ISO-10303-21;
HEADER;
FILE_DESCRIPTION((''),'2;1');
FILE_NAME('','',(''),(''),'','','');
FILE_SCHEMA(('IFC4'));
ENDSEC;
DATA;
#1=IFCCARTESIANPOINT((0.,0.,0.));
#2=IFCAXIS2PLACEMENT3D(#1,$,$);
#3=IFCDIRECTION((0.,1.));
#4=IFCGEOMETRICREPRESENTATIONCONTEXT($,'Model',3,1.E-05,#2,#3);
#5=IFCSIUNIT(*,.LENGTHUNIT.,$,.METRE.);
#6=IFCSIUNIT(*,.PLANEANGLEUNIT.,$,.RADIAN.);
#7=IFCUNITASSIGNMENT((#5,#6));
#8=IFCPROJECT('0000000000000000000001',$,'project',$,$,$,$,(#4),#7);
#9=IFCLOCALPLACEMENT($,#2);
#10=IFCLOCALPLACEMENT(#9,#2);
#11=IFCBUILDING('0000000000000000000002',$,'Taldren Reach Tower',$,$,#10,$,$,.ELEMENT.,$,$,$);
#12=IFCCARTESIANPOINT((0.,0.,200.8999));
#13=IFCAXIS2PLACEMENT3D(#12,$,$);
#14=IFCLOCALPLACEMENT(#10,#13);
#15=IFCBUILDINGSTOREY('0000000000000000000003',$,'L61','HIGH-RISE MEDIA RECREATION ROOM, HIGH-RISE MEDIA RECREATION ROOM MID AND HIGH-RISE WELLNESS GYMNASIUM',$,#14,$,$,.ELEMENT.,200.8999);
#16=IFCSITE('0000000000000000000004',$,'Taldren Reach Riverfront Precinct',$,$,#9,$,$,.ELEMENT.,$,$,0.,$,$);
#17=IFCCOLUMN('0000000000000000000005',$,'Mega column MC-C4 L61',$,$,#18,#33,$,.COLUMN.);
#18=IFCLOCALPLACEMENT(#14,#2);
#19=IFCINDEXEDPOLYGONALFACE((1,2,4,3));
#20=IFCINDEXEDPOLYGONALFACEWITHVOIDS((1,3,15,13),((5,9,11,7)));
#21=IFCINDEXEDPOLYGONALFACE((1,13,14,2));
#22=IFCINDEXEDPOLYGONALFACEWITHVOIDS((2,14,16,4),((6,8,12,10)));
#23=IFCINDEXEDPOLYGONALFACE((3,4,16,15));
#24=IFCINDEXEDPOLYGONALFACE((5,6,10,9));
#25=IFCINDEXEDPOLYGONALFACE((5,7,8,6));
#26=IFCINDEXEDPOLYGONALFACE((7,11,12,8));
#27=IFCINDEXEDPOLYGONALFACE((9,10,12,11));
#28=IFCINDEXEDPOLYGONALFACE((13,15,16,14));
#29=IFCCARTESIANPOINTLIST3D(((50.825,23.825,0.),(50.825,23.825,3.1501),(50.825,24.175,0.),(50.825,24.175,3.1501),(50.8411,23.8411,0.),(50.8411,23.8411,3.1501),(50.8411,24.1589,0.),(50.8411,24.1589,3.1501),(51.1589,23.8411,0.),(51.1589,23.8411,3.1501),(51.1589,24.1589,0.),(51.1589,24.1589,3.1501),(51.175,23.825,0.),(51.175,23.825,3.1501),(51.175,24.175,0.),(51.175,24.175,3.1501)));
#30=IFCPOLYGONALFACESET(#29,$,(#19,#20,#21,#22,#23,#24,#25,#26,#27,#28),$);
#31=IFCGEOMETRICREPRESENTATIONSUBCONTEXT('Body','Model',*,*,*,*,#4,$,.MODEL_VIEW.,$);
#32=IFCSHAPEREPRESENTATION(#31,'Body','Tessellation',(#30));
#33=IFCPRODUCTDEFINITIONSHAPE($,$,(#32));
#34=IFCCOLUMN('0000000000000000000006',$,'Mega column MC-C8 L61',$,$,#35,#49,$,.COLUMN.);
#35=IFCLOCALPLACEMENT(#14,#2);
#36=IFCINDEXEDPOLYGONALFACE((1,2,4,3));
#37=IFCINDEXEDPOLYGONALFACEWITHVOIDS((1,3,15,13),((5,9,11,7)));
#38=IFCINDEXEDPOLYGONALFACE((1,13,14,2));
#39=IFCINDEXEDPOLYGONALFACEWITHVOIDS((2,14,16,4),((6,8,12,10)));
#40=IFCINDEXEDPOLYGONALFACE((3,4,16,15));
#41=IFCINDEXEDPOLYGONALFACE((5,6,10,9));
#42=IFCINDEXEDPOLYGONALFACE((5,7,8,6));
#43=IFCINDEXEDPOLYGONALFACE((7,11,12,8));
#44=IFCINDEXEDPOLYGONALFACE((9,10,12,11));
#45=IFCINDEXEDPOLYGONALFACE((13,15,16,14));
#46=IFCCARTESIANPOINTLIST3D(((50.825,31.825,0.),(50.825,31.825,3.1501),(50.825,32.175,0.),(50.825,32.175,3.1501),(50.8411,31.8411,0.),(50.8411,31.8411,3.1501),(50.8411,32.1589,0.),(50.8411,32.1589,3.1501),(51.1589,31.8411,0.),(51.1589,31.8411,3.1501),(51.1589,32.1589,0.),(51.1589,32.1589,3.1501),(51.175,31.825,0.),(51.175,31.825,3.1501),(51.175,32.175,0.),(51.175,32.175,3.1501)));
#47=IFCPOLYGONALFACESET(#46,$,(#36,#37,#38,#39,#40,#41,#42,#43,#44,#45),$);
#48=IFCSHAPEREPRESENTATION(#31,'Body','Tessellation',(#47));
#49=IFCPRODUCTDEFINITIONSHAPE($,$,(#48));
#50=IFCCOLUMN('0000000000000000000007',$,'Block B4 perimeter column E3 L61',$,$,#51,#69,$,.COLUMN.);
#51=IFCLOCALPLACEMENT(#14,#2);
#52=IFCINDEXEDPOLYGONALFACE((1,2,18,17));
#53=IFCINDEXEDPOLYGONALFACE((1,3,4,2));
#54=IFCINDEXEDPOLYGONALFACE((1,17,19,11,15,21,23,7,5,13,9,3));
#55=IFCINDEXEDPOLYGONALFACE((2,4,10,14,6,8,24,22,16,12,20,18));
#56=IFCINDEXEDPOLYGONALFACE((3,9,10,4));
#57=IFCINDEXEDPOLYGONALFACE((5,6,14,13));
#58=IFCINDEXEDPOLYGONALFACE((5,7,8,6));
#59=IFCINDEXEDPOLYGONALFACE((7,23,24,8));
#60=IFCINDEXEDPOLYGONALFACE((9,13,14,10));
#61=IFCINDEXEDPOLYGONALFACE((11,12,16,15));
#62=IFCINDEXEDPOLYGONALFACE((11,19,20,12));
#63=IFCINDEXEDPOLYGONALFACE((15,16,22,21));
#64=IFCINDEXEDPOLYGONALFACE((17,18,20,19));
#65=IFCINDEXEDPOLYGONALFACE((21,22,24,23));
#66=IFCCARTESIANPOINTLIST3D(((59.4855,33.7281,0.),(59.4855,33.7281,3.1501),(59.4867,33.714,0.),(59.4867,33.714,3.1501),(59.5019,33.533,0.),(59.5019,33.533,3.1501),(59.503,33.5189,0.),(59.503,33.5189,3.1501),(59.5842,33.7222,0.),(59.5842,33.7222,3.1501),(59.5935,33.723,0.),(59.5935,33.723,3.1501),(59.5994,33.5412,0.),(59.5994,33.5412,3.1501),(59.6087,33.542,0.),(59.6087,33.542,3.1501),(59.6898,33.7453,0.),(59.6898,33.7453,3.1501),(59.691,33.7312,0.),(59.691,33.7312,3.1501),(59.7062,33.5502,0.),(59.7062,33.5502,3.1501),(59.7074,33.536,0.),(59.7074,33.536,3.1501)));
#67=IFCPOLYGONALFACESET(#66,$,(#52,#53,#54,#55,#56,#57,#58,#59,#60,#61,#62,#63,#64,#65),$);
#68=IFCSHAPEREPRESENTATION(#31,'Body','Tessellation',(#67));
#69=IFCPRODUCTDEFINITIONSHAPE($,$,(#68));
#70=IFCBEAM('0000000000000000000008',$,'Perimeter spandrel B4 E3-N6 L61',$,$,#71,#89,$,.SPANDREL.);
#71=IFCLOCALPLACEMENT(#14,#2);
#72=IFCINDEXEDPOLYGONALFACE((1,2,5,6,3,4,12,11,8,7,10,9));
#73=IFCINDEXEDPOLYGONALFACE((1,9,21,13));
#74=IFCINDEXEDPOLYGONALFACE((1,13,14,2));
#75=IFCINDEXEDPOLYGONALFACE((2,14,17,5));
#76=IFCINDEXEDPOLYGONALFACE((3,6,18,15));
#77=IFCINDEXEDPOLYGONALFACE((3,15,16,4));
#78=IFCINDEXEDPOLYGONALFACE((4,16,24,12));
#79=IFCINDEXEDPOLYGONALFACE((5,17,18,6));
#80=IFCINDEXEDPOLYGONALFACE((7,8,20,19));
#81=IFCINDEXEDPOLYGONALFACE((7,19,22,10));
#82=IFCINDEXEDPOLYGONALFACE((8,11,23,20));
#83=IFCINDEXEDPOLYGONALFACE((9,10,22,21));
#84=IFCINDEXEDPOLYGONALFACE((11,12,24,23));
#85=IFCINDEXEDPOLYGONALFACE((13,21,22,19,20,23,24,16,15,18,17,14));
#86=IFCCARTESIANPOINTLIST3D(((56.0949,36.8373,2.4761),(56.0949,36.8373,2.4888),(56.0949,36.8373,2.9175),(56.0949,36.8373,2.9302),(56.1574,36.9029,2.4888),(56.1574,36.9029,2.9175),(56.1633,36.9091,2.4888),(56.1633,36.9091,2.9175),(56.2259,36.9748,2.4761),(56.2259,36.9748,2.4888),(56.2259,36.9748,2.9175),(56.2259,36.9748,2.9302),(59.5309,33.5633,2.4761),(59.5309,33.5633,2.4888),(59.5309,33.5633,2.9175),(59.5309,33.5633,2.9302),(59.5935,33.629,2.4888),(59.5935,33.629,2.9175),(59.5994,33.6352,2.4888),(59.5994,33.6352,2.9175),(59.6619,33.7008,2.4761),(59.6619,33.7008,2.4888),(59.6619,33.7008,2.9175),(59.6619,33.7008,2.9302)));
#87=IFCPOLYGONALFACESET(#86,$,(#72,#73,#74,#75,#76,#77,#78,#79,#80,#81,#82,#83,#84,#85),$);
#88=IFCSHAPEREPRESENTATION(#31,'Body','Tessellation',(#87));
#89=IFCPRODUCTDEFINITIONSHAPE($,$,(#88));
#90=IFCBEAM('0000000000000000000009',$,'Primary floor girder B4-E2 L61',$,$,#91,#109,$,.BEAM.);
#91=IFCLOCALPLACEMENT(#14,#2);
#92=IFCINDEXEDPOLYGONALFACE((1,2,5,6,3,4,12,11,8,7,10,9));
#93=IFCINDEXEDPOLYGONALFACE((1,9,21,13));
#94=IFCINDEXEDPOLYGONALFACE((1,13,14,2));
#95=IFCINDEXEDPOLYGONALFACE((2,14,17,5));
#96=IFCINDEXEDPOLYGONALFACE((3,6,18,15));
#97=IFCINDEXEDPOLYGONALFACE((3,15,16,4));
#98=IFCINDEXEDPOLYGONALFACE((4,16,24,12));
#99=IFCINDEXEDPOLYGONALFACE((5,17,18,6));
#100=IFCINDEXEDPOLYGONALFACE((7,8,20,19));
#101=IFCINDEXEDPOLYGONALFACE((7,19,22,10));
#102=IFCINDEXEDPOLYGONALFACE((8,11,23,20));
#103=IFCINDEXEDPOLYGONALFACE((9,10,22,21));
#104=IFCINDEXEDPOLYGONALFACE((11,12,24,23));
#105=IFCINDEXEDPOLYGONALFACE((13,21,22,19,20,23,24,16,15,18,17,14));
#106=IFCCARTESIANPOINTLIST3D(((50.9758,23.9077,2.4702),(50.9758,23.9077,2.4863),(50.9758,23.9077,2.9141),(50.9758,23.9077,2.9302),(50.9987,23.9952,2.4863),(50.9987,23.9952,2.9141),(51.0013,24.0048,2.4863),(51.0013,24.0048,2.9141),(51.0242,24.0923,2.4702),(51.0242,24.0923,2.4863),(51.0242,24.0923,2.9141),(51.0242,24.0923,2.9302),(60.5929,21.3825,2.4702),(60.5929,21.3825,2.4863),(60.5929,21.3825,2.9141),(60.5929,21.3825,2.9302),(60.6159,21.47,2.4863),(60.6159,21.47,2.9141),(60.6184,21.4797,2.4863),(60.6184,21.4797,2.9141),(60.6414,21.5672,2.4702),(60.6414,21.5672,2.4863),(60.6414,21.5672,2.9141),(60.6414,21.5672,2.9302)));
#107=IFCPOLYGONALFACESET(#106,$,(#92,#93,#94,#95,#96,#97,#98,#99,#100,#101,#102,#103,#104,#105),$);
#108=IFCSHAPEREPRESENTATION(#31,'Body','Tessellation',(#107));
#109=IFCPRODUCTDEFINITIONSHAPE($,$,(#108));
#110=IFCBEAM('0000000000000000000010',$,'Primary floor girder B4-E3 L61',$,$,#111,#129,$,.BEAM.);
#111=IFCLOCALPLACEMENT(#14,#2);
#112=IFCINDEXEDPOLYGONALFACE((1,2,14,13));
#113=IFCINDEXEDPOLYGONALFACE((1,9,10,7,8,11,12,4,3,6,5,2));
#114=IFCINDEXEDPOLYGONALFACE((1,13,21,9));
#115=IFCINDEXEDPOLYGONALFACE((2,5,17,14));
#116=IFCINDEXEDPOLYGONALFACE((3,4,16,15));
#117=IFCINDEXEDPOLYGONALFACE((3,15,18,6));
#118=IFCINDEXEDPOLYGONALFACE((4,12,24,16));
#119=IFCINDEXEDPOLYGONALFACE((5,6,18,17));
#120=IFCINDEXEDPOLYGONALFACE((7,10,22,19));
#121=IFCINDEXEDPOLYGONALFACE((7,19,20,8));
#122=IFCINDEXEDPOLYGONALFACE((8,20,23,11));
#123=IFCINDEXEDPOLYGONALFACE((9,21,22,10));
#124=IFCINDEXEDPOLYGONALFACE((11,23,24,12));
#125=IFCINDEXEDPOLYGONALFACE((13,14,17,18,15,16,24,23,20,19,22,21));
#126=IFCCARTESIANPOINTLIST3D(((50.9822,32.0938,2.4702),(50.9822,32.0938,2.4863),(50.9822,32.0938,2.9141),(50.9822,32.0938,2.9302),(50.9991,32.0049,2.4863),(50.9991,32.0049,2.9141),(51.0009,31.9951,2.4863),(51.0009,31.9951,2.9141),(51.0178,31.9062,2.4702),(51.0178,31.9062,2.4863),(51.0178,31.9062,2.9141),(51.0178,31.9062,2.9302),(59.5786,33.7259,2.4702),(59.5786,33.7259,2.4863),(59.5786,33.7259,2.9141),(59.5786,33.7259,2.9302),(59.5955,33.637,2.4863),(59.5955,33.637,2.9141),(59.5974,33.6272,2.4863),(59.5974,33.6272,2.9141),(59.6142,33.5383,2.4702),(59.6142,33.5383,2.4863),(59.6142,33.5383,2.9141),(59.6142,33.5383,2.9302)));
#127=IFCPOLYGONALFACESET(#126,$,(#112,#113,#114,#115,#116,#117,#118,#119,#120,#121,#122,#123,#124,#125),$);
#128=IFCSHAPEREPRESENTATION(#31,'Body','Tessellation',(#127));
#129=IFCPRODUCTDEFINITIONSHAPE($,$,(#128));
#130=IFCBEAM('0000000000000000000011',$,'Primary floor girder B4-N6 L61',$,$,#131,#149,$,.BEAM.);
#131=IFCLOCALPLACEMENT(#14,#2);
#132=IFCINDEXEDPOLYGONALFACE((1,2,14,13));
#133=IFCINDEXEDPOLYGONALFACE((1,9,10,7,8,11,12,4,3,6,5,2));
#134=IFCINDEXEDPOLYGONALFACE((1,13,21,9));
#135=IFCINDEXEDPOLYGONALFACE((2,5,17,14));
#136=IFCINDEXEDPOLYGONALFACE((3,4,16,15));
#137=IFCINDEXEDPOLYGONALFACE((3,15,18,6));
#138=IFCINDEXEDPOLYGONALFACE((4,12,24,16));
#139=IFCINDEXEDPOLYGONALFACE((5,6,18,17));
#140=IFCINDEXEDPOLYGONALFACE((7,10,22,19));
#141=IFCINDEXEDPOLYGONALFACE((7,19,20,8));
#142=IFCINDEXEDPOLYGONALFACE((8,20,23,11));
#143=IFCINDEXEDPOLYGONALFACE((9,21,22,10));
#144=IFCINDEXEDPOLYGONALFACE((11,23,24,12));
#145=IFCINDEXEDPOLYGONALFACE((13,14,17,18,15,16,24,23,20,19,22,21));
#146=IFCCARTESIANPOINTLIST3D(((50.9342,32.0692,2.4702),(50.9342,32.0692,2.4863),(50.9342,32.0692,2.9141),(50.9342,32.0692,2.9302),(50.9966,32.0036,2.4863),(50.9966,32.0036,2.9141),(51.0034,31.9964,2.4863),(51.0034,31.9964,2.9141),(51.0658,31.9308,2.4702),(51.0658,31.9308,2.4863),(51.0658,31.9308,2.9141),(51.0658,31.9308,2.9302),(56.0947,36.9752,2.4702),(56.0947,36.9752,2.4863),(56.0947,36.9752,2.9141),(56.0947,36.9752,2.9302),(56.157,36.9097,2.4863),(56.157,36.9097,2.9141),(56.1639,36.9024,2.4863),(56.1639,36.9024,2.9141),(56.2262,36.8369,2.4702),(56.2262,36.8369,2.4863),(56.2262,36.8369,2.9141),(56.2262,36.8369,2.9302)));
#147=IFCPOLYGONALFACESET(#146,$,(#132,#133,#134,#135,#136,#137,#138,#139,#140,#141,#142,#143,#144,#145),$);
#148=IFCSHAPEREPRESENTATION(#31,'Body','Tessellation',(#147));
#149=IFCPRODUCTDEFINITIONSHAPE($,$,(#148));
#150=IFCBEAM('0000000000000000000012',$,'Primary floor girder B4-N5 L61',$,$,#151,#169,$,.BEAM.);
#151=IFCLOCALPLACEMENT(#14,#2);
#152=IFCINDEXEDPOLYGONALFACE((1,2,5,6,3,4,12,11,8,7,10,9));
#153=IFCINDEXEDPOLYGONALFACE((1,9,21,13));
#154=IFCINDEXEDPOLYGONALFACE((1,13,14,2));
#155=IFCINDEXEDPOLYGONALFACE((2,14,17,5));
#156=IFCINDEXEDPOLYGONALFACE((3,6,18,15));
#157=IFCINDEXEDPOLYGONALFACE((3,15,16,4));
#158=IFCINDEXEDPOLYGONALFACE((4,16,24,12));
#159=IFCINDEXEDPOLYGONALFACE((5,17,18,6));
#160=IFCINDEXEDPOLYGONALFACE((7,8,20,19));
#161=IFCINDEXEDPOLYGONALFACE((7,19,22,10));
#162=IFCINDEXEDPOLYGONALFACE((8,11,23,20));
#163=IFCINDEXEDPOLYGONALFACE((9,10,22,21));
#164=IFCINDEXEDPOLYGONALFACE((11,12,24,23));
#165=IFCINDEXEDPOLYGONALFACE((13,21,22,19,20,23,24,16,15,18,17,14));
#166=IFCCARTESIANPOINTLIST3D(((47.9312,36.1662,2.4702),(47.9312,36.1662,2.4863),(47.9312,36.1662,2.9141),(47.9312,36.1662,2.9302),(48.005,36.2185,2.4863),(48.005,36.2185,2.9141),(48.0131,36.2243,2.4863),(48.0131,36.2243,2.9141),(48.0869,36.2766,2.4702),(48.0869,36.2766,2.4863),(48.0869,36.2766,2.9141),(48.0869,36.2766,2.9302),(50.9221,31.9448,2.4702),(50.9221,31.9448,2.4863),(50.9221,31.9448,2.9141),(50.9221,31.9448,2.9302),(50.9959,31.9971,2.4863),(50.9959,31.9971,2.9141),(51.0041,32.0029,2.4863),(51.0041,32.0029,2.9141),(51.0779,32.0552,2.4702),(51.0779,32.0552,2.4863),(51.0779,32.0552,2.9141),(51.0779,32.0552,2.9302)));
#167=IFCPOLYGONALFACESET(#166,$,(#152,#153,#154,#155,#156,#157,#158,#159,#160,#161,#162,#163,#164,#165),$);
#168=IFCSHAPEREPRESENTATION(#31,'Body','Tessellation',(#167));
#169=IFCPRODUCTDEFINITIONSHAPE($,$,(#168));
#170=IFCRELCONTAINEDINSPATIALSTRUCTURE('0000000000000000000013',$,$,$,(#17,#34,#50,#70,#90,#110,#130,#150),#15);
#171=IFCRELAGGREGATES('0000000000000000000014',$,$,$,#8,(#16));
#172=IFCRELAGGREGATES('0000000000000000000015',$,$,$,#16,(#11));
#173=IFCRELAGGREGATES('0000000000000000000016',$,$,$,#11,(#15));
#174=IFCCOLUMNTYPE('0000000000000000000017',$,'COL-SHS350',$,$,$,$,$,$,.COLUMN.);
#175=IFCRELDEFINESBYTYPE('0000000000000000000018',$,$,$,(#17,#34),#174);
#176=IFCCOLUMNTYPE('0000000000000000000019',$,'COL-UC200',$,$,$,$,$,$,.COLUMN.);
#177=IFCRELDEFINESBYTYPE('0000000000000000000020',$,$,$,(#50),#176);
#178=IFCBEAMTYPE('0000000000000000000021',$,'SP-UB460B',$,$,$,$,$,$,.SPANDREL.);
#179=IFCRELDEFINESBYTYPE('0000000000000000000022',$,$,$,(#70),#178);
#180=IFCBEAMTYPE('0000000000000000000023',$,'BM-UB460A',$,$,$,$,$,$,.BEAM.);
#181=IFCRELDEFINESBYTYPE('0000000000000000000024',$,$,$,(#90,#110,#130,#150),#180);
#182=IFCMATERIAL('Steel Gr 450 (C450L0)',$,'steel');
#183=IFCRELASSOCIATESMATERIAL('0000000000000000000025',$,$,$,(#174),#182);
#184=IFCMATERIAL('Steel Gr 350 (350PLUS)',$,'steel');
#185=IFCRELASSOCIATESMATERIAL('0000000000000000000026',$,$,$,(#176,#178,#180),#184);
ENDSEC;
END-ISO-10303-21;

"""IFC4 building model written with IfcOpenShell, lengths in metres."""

from ifc_helpers import new_model, si_unit, direction, frame, origin, origin_2d, place, context, subcontext, project, spatial, hollow_rectangle, i_section, extrude, source, transform, mapped, material, material_profile, profile_set, type_object, element, save


model = new_model("IFC4")

# Units and contexts
model_context = context("Model", 3, precision=1e-05, world=origin(), true_north=direction((0.0, 1.0)))
body_context = subcontext(model_context, "Body", "Model", "MODEL_VIEW")
ifc_project = project(units=[si_unit("LENGTHUNIT", "METRE"), si_unit("PLANEANGLEUNIT", "RADIAN")], contexts=[model_context])

# Site, building, storey
site_placement = place(None, origin())
site = spatial("IfcSite", under=ifc_project, at=site_placement, Name="Taldren Reach Riverfront Precinct", CompositionType="ELEMENT", RefElevation=0.0)
building_placement = place(site_placement, origin())
building = spatial("IfcBuilding", under=site, at=building_placement, Name="Taldren Reach Tower", CompositionType="ELEMENT")
storey_placement = place(building_placement, frame((0.0, 0.0, 200.8999)))
storey = spatial("IfcBuildingStorey", under=building, at=storey_placement, Name="L61", Description="HIGH-RISE MEDIA RECREATION ROOM, HIGH-RISE MEDIA RECREATION ROOM MID AND HIGH-RISE WELLNESS GYMNASIUM", CompositionType="ELEMENT", Elevation=200.8999)

# Columns
ifc_material_1 = material(Name="Steel Gr 450 (C450L0)", Category="steel")
ifc_material_profile_1 = material_profile(ifc_material_1, hollow_rectangle(XDim=0.3501, YDim=0.3501, WallThickness=0.0161, at=origin_2d()), Name="350x350x16.0SHS")
ifc_profile_set_1 = profile_set([ifc_material_profile_1], Name="Steel Gr 450 (C450L0)")
column_type_1 = type_object("IfcColumnType", Name="COL-SHS350", PredefinedType="COLUMN", material=ifc_profile_set_1)
shared_shape_1 = source(origin(), body_context, "Body", "SweptSolid", [
    extrude(hollow_rectangle(XDim=0.3501, YDim=0.3501, WallThickness=0.0161, at=origin_2d()), origin(), (0.0, 0.0, 1.0), 3.1501),
])
for number, where, z_axis, x_axis, name in (
    (1, (51.0, 24.0, 0.0), (0.0, 0.0, 1.0), (1.0, 0.0, 0.0), "Mega column MC-C4 L61"),
    (2, (51.0, 32.0, 0.0), (0.0, 0.0, 1.0), (1.0, 0.0, 0.0), "Mega column MC-C8 L61"),
):
    element("IfcColumn", number, at=place(storey_placement, frame(where, z_axis=z_axis, x_axis=x_axis)), inside=storey, type_object=column_type_1, Name=name, PredefinedType="COLUMN", context=body_context, shape_type="MappedRepresentation", body=[
        mapped(shared_shape_1, transform((0.0, 0.0, 0.0), scale=1.0)),
    ])
ifc_material_2 = material(Name="Steel Gr 350 (350PLUS)", Category="steel")
ifc_material_profile_2 = material_profile(ifc_material_2, i_section(OverallWidth=0.2051, OverallDepth=0.21, WebThickness=0.0093, FlangeThickness=0.0142, at=origin_2d()), Name="200UC59.5")
ifc_profile_set_2 = profile_set([ifc_material_profile_2], Name="Steel Gr 350 (350PLUS)")
column_type_2 = type_object("IfcColumnType", Name="COL-UC200", PredefinedType="COLUMN", material=ifc_profile_set_2)
shared_shape_2 = source(origin(), body_context, "Body", "SweptSolid", [
    extrude(i_section(OverallWidth=0.2051, OverallDepth=0.21, WebThickness=0.0093, FlangeThickness=0.0142, at=origin_2d()), origin(), (0.0, 0.0, 1.0), 3.1501),
])
column_placement = place(storey_placement, frame((59.5964, 33.6321, 0.0), z_axis=(0.0, 0.0, 1.0), x_axis=(0.996493, 0.083678, 0.0)))
element("IfcColumn", 3, at=column_placement, inside=storey, type_object=column_type_2, Name="Block B4 perimeter column E3 L61", PredefinedType="COLUMN", context=body_context, shape_type="MappedRepresentation", body=[
    mapped(shared_shape_2, transform((0.0, 0.0, 0.0), scale=1.0)),
])

# Beams
ifc_material_profile_3 = material_profile(ifc_material_2, i_section(OverallWidth=0.1899, OverallDepth=0.4541, WebThickness=0.0085, FlangeThickness=0.0127, at=origin_2d()), Name="460UB67.1")
ifc_profile_set_3 = profile_set([ifc_material_profile_3], Name="Steel Gr 350 (350PLUS)")
beam_type_1 = type_object("IfcBeamType", Name="SP-UB460B", PredefinedType="SPANDREL", material=ifc_profile_set_3)
shared_shape_3 = source(origin(), body_context, "Body", "SweptSolid", [
    extrude(i_section(OverallWidth=0.1899, OverallDepth=0.4541, WebThickness=0.0085, FlangeThickness=0.0127, at=origin_2d()), origin(), (0.0, 0.0, 1.0), 4.7461),
])
beam_1_placement = place(storey_placement, frame((59.5964, 33.6321, 2.7031), z_axis=(-0.723979, 0.689822, 0.0), x_axis=(-0.689822, -0.723979, 0.0)))
element("IfcBeam", 4, at=beam_1_placement, inside=storey, type_object=beam_type_1, Name="Perimeter spandrel B4 E3-N6 L61", PredefinedType="SPANDREL", context=body_context, shape_type="MappedRepresentation", body=[
    mapped(shared_shape_3, transform((0.0, 0.0, 0.0), scale=1.0)),
])
ifc_material_profile_4 = material_profile(ifc_material_2, i_section(OverallWidth=0.1909, OverallDepth=0.46, WebThickness=0.01, FlangeThickness=0.0161, at=origin_2d()), Name="460UB82.1")
ifc_profile_set_4 = profile_set([ifc_material_profile_4], Name="Steel Gr 350 (350PLUS)")
beam_type_2 = type_object("IfcBeamType", Name="BM-UB460A", PredefinedType="BEAM", material=ifc_profile_set_4)
shared_shape_4 = source(origin(), body_context, "Body", "SweptSolid", [
    extrude(i_section(OverallWidth=0.1909, OverallDepth=0.46, WebThickness=0.01, FlangeThickness=0.0161, at=origin_2d()), origin(), (0.0, 0.0, 1.0), 9.9431),
])
beam_2_placement = place(storey_placement, frame((51.0, 24.0, 2.7002), z_axis=(0.967215, -0.253958, 0.0), x_axis=(0.253958, 0.967215, 0.0)))
element("IfcBeam", 5, at=beam_2_placement, inside=storey, type_object=beam_type_2, Name="Primary floor girder B4-E2 L61", PredefinedType="BEAM", context=body_context, shape_type="MappedRepresentation", body=[
    mapped(shared_shape_4, transform((0.0, 0.0, 0.0), scale=1.0)),
])
shared_shape_5 = source(origin(), body_context, "Body", "SweptSolid", [
    extrude(i_section(OverallWidth=0.1909, OverallDepth=0.46, WebThickness=0.01, FlangeThickness=0.0161, at=origin_2d()), origin(), (0.0, 0.0, 1.0), 8.75),
])
beam_3_placement = place(storey_placement, frame((51.0, 32.0, 2.7002), z_axis=(0.98245, 0.186524, 0.0), x_axis=(-0.186524, 0.98245, 0.0)))
element("IfcBeam", 6, at=beam_3_placement, inside=storey, type_object=beam_type_2, Name="Primary floor girder B4-E3 L61", PredefinedType="BEAM", context=body_context, shape_type="MappedRepresentation", body=[
    mapped(shared_shape_5, transform((0.0, 0.0, 0.0), scale=1.0)),
])
shared_shape_6 = source(origin(), body_context, "Body", "SweptSolid", [
    extrude(i_section(OverallWidth=0.1909, OverallDepth=0.46, WebThickness=0.01, FlangeThickness=0.0161, at=origin_2d()), origin(), (0.0, 0.0, 1.0), 7.1204),
])
beam_4_placement = place(storey_placement, frame((51.0, 32.0, 2.7002), z_axis=(0.724745, 0.689017, 0.0), x_axis=(-0.689017, 0.724745, 0.0)))
element("IfcBeam", 7, at=beam_4_placement, inside=storey, type_object=beam_type_2, Name="Primary floor girder B4-N6 L61", PredefinedType="BEAM", context=body_context, shape_type="MappedRepresentation", body=[
    mapped(shared_shape_6, transform((0.0, 0.0, 0.0), scale=1.0)),
])
shared_shape_7 = source(origin(), body_context, "Body", "SweptSolid", [
    extrude(i_section(OverallWidth=0.1909, OverallDepth=0.46, WebThickness=0.01, FlangeThickness=0.0161, at=origin_2d()), origin(), (0.0, 0.0, 1.0), 5.1736),
])
beam_5_placement = place(storey_placement, frame((51.0, 32.0, 2.7002), z_axis=(-0.578118, 0.815953, 0.0), x_axis=(-0.815953, -0.578118, 0.0)))
element("IfcBeam", 8, at=beam_5_placement, inside=storey, type_object=beam_type_2, Name="Primary floor girder B4-N5 L61", PredefinedType="BEAM", context=body_context, shape_type="MappedRepresentation", body=[
    mapped(shared_shape_7, transform((0.0, 0.0, 0.0), scale=1.0)),
])

save(model, "model.ifc")
